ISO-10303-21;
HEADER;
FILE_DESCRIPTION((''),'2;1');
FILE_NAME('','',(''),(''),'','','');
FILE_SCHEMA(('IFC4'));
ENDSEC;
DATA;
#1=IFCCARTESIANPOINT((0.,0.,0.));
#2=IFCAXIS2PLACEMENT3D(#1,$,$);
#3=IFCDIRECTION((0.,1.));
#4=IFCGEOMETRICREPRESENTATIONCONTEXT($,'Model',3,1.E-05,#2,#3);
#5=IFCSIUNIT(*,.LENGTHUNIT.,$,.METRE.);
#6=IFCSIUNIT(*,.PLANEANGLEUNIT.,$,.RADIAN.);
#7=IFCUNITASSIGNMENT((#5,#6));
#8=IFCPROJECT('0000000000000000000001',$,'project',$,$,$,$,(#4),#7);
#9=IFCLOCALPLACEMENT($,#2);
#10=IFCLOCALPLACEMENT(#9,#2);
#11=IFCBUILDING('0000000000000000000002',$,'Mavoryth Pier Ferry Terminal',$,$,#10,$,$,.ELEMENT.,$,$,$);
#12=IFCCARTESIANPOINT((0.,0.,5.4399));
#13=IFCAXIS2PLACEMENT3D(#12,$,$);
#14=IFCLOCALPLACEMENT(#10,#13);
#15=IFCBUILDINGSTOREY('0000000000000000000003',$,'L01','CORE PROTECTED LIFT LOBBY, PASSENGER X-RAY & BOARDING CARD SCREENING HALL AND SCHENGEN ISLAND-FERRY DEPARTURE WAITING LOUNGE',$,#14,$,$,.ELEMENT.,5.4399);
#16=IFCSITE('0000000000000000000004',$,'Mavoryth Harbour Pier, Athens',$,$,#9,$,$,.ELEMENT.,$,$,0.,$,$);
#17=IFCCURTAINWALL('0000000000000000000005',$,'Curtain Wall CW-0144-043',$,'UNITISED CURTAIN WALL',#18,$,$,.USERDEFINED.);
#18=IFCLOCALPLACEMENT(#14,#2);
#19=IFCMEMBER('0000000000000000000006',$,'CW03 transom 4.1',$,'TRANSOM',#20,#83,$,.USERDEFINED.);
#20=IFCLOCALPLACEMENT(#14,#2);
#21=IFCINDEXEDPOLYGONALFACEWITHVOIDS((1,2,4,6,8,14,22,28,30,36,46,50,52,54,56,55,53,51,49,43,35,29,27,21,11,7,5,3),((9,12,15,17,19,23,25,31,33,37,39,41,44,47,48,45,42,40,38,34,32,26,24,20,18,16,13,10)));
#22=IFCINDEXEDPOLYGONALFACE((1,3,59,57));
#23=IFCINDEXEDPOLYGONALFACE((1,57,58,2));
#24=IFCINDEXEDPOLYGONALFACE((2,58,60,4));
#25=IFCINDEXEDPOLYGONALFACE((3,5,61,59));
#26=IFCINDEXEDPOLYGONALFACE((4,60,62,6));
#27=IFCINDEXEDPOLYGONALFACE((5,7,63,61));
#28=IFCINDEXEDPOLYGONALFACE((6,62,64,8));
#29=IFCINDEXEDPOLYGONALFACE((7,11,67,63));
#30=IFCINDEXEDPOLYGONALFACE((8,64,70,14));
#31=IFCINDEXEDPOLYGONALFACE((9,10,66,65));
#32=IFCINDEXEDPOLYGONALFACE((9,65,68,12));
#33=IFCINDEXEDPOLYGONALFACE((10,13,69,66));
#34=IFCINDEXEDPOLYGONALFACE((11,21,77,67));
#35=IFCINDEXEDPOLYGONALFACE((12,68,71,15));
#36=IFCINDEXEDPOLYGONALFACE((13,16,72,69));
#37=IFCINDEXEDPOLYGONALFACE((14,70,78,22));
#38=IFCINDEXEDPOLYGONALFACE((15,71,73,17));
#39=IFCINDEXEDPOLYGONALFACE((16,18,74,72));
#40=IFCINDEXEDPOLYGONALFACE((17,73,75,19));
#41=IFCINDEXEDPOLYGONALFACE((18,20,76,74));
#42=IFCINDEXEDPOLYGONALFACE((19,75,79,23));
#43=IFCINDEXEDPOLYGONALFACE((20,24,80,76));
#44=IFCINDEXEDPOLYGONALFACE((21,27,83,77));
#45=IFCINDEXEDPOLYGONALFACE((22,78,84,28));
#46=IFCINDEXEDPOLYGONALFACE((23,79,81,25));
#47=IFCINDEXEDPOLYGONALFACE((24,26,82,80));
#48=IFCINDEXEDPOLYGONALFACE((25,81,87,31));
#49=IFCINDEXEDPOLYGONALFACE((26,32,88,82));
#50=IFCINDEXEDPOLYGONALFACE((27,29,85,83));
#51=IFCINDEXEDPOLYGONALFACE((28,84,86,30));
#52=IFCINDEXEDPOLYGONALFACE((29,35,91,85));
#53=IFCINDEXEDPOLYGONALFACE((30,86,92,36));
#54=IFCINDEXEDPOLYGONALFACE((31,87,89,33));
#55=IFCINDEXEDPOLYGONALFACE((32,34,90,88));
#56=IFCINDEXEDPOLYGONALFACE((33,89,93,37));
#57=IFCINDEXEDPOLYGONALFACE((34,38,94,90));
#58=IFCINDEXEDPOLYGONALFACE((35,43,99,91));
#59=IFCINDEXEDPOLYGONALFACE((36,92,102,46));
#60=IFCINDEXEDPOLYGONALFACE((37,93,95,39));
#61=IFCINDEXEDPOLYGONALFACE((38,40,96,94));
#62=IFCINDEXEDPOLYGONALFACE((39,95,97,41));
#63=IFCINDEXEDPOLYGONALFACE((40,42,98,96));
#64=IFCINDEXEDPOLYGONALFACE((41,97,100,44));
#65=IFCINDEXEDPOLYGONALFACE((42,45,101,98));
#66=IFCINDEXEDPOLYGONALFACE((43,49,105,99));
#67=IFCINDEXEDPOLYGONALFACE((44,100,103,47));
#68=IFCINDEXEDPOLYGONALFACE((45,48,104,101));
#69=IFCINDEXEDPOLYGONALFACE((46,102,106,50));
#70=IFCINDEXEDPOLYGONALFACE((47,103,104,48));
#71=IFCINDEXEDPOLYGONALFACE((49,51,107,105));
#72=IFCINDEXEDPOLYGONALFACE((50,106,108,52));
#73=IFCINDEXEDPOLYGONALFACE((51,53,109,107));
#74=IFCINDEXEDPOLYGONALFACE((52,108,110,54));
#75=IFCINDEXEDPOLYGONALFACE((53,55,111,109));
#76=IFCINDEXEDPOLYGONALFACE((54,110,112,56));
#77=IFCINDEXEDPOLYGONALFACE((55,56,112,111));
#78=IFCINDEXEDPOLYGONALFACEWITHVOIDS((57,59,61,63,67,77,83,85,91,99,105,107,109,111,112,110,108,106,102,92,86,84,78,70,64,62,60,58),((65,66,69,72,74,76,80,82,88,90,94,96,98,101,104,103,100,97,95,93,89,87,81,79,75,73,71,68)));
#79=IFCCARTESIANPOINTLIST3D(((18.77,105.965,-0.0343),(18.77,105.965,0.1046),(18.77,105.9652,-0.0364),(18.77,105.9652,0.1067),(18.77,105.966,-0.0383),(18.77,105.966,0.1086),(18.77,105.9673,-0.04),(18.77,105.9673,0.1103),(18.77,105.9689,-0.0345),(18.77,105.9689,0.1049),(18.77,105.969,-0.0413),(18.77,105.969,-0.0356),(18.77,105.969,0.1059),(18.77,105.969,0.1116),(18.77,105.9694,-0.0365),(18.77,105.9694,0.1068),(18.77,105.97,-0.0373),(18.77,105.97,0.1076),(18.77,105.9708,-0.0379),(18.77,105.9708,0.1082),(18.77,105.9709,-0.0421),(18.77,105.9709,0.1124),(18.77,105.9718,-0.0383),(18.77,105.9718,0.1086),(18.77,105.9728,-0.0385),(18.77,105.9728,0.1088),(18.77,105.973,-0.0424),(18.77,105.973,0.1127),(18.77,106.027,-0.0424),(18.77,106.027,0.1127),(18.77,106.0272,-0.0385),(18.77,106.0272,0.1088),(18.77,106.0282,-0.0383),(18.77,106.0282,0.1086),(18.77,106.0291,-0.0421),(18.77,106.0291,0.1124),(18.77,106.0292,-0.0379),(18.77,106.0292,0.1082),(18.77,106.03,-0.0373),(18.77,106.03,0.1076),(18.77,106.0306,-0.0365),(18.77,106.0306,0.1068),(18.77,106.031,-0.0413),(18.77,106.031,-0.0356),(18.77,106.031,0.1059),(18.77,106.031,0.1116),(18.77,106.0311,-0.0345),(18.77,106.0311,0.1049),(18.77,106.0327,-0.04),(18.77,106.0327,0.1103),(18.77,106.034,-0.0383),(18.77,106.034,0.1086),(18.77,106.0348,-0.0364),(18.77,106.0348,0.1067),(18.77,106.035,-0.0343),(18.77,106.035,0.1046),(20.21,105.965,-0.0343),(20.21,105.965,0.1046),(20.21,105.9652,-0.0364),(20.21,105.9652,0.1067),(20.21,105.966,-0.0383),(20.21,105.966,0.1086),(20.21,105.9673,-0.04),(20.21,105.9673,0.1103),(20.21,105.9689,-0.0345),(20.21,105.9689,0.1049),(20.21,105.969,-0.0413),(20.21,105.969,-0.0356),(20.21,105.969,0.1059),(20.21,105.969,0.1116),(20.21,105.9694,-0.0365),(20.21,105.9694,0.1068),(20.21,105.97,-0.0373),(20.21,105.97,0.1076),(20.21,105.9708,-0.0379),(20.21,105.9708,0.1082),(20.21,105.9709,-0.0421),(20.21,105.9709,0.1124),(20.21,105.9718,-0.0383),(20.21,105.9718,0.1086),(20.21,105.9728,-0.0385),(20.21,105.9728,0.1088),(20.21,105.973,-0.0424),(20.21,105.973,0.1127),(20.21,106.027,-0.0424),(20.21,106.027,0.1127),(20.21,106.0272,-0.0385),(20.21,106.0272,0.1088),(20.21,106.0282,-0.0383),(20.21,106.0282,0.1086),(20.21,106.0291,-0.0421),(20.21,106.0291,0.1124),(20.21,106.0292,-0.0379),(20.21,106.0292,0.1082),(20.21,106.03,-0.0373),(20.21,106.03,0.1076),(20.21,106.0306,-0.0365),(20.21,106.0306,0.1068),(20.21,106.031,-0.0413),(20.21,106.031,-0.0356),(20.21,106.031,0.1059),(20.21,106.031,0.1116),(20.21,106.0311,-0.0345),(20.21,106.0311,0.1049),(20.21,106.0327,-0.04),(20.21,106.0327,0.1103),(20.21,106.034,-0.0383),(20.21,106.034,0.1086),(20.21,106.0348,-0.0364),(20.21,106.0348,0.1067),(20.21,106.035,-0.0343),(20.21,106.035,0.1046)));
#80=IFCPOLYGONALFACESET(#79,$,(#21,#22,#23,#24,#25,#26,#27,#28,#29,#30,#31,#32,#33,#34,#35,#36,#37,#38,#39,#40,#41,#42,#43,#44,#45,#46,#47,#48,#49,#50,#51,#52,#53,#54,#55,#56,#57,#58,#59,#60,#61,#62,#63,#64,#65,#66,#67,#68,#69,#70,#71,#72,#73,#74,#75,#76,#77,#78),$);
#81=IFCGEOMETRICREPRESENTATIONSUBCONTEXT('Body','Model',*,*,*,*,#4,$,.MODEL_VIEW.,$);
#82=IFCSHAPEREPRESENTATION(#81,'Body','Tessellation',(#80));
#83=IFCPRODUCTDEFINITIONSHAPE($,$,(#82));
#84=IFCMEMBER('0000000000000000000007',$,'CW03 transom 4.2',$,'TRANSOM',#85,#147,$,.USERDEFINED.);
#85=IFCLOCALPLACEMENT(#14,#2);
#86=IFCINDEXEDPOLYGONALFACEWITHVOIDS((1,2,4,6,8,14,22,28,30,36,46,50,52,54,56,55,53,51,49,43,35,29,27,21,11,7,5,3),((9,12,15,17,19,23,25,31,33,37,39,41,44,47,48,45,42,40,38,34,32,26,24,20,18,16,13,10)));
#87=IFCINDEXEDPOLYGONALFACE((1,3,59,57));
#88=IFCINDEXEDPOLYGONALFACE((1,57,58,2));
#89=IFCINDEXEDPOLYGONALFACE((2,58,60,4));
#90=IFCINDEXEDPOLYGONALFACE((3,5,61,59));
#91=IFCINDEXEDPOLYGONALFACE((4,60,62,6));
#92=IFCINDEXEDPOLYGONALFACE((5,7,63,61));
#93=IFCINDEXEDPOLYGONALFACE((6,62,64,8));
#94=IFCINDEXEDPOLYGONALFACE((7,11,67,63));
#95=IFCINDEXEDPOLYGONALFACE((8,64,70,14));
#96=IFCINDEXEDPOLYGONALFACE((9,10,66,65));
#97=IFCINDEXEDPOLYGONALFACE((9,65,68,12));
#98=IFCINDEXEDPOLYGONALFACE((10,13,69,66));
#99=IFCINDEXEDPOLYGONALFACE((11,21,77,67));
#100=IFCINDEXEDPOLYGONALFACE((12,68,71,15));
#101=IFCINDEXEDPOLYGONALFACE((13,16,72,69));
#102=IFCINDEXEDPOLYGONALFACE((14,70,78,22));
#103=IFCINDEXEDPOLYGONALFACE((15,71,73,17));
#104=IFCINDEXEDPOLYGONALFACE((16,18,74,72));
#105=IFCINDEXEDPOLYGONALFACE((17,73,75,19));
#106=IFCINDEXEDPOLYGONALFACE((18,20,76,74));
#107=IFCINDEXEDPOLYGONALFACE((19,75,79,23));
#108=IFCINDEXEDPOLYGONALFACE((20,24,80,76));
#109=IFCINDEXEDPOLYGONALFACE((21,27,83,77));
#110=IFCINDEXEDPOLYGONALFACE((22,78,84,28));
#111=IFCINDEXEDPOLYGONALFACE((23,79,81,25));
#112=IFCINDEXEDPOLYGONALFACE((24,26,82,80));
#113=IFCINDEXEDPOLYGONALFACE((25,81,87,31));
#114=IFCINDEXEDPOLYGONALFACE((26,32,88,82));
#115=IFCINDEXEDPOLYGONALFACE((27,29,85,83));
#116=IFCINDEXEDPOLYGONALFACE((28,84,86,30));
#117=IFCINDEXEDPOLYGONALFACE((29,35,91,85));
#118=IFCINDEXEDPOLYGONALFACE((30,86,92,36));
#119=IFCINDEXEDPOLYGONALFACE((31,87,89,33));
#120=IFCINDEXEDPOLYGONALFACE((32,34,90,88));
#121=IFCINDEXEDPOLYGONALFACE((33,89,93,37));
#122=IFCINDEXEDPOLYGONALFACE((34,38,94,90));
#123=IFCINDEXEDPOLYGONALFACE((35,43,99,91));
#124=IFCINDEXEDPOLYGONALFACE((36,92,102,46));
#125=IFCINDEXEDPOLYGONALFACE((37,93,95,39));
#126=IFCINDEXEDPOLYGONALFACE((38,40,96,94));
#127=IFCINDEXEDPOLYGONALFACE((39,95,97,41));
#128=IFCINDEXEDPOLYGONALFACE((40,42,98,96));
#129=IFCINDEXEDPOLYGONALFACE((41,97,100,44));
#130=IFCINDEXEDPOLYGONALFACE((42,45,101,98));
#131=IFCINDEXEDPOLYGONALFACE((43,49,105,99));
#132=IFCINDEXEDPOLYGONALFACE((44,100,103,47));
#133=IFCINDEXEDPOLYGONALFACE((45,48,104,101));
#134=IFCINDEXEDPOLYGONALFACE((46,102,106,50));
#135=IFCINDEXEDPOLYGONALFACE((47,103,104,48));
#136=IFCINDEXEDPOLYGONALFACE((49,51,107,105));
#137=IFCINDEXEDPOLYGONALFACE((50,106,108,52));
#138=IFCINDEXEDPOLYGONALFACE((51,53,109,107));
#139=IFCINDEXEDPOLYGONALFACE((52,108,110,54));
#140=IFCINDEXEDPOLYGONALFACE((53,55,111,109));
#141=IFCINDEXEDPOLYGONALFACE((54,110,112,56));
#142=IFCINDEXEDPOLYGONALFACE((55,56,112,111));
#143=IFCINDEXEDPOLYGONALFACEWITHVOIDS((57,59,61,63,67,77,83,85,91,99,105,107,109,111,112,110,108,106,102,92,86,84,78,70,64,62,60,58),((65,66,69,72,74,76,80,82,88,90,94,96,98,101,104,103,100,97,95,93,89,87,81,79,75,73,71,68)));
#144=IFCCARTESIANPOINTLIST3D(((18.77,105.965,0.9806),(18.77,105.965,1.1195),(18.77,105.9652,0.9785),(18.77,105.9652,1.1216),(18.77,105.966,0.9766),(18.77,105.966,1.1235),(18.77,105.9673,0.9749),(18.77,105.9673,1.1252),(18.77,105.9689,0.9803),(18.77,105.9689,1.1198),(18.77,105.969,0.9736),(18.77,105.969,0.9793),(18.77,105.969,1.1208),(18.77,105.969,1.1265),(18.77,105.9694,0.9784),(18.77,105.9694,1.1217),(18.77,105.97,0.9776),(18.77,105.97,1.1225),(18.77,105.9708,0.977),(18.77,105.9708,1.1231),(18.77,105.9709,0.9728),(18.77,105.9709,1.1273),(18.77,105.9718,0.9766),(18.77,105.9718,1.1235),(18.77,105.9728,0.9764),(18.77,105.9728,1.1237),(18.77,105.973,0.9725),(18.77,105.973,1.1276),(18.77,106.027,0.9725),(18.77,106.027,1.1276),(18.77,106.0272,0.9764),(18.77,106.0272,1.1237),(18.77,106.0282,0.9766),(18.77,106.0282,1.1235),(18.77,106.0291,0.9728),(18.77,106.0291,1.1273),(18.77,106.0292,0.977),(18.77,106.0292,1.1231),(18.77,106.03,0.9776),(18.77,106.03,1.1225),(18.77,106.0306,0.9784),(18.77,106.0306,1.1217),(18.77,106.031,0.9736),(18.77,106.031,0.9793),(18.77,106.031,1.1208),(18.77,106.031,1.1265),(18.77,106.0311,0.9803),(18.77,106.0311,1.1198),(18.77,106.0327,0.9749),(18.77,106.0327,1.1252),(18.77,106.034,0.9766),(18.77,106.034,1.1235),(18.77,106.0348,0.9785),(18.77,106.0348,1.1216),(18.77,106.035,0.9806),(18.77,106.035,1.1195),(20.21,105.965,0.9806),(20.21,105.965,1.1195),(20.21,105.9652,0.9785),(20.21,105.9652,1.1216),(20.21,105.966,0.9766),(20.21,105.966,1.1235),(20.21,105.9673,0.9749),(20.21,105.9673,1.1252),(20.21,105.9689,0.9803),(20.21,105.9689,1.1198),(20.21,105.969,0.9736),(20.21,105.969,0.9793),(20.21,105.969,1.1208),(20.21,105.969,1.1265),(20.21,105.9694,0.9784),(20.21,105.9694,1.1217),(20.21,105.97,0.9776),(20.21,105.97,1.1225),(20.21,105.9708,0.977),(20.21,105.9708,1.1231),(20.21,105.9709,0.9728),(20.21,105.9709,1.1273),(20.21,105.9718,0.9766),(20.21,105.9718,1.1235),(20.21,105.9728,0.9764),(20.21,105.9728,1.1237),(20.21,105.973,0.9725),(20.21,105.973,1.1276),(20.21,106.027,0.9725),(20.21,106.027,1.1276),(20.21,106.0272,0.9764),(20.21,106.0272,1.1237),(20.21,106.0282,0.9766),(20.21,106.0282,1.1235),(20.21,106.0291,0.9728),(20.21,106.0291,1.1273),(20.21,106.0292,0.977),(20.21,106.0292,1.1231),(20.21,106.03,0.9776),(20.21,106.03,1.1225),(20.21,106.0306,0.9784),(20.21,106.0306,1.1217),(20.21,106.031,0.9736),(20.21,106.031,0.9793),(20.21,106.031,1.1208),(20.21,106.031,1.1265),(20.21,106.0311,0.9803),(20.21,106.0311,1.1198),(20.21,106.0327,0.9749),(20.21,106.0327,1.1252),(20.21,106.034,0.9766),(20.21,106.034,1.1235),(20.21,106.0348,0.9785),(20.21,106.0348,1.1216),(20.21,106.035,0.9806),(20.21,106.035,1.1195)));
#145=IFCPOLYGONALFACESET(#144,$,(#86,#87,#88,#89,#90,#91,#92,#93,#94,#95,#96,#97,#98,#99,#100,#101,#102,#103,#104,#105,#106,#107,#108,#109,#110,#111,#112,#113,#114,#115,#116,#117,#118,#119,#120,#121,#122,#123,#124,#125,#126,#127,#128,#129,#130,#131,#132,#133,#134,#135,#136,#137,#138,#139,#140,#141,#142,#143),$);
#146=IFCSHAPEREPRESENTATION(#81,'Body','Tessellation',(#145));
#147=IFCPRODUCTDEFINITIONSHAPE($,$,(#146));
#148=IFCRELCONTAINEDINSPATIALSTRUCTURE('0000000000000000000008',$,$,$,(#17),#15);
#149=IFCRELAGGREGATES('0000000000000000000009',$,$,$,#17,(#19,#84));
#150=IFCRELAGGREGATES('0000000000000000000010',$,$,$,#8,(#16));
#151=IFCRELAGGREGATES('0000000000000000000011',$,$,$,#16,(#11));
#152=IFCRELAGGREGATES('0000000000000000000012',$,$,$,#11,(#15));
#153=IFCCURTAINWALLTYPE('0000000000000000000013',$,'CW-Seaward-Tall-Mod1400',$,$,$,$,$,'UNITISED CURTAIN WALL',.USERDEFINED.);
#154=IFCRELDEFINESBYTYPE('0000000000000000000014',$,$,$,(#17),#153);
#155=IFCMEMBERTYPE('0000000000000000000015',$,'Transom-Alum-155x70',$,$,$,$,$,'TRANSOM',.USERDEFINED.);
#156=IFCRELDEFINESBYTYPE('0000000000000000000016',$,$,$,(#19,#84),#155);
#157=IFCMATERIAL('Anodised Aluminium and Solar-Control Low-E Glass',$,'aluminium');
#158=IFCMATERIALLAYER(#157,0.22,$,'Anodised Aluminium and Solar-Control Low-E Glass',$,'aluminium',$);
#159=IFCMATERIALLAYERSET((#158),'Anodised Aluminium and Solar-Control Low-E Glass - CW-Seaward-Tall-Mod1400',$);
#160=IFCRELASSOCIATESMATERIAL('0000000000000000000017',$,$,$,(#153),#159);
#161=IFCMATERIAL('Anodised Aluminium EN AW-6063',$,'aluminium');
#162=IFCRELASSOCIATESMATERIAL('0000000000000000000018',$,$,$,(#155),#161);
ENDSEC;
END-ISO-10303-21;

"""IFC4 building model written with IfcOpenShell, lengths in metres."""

from ifc_helpers import new_model, si_unit, direction, frame, origin, origin_2d, place, context, subcontext, project, spatial, hollow_rectangle, extrude, material, layer, layer_set, material_profile, profile_set, type_object, element, aggregate, save


model = new_model("IFC4")

# Units and contexts
model_context = context("Model", 3, precision=1e-05, world=origin(), true_north=direction((0.0, 1.0)))
body_context = subcontext(model_context, "Body", "Model", "MODEL_VIEW")
ifc_project = project(units=[si_unit("LENGTHUNIT", "METRE"), si_unit("PLANEANGLEUNIT", "RADIAN")], contexts=[model_context])

# Site, building, storey
site_placement = place(None, origin())
site = spatial("IfcSite", under=ifc_project, at=site_placement, Name="Mavoryth Harbour Pier, Athens", CompositionType="ELEMENT", RefElevation=0.0)
building_placement = place(site_placement, origin())
building = spatial("IfcBuilding", under=site, at=building_placement, Name="Mavoryth Pier Ferry Terminal", CompositionType="ELEMENT")
storey_placement = place(building_placement, frame((0.0, 0.0, 5.4399)))
storey = spatial("IfcBuildingStorey", under=building, at=storey_placement, Name="L01", Description="CORE PROTECTED LIFT LOBBY, PASSENGER X-RAY & BOARDING CARD SCREENING HALL AND SCHENGEN ISLAND-FERRY DEPARTURE WAITING LOUNGE", CompositionType="ELEMENT", Elevation=5.4399)

# Curtain wall
ifc_material_1 = material(Name="Anodised Aluminium and Solar-Control Low-E Glass", Category="aluminium")
ifc_layer_1 = layer(ifc_material_1, 0.22, Name="Anodised Aluminium and Solar-Control Low-E Glass", Category="aluminium")
ifc_layer_set_1 = layer_set([ifc_layer_1], Name="Anodised Aluminium and Solar-Control Low-E Glass - CW-Seaward-Tall-Mod1400")
curtain_wall_type = type_object("IfcCurtainWallType", Name="CW-Seaward-Tall-Mod1400", ElementType="UNITISED CURTAIN WALL", PredefinedType="USERDEFINED", material=ifc_layer_set_1)
curtain_wall_placement = place(storey_placement, origin())
curtain_wall = element("IfcCurtainWall", 1, at=curtain_wall_placement, inside=storey, type_object=curtain_wall_type, Name="Curtain Wall CW-0144-043", ObjectType="UNITISED CURTAIN WALL", PredefinedType="USERDEFINED")
ifc_material_2 = material(Name="Anodised Aluminium EN AW-6063", Category="aluminium")

# Members
ifc_material_profile_1 = material_profile(ifc_material_2, hollow_rectangle(XDim=0.0701, YDim=0.155, WallThickness=0.0039, InnerFilletRadius=0.0039, OuterFilletRadius=0.0081, at=origin_2d()), Name="AL-TRAN 155x70x4", Category="aluminium")
ifc_profile_set_1 = profile_set([ifc_material_profile_1], Name="Anodised Aluminium EN AW-6063 - AL-TRAN 155x70x4")
member_type_1 = type_object("IfcMemberType", Name="Transom-Alum-155x70", ElementType="TRANSOM", PredefinedType="USERDEFINED", material=ifc_profile_set_1)
member_1_placement = place(storey_placement, frame((20.21, 106.0, 0.0352), z_axis=(-1.0, 0.0, 0.0), x_axis=(0.0, -1.0, 0.0)))
member_1 = element("IfcMember", 2, at=member_1_placement, type_object=member_type_1, Name="CW03 transom 4.1", ObjectType="TRANSOM", PredefinedType="USERDEFINED", context=body_context, shape_type="SweptSolid", body=[
    extrude(hollow_rectangle(XDim=0.0701, YDim=0.155, WallThickness=0.0039, InnerFilletRadius=0.0039, OuterFilletRadius=0.0081, at=origin_2d()), origin(), (0.0, 0.0, 1.0), 1.4399),
])
member_2_placement = place(storey_placement, frame((20.21, 106.0, 1.05), z_axis=(-1.0, 0.0, 0.0), x_axis=(0.0, -1.0, 0.0)))
member_2 = element("IfcMember", 3, at=member_2_placement, type_object=member_type_1, Name="CW03 transom 4.2", ObjectType="TRANSOM", PredefinedType="USERDEFINED", context=body_context, shape_type="SweptSolid", body=[
    extrude(hollow_rectangle(XDim=0.0701, YDim=0.155, WallThickness=0.0039, InnerFilletRadius=0.0039, OuterFilletRadius=0.0081, at=origin_2d()), origin(), (0.0, 0.0, 1.0), 1.4399),
])

aggregate(curtain_wall, [member_1, member_2])

save(model, "model.ifc")
